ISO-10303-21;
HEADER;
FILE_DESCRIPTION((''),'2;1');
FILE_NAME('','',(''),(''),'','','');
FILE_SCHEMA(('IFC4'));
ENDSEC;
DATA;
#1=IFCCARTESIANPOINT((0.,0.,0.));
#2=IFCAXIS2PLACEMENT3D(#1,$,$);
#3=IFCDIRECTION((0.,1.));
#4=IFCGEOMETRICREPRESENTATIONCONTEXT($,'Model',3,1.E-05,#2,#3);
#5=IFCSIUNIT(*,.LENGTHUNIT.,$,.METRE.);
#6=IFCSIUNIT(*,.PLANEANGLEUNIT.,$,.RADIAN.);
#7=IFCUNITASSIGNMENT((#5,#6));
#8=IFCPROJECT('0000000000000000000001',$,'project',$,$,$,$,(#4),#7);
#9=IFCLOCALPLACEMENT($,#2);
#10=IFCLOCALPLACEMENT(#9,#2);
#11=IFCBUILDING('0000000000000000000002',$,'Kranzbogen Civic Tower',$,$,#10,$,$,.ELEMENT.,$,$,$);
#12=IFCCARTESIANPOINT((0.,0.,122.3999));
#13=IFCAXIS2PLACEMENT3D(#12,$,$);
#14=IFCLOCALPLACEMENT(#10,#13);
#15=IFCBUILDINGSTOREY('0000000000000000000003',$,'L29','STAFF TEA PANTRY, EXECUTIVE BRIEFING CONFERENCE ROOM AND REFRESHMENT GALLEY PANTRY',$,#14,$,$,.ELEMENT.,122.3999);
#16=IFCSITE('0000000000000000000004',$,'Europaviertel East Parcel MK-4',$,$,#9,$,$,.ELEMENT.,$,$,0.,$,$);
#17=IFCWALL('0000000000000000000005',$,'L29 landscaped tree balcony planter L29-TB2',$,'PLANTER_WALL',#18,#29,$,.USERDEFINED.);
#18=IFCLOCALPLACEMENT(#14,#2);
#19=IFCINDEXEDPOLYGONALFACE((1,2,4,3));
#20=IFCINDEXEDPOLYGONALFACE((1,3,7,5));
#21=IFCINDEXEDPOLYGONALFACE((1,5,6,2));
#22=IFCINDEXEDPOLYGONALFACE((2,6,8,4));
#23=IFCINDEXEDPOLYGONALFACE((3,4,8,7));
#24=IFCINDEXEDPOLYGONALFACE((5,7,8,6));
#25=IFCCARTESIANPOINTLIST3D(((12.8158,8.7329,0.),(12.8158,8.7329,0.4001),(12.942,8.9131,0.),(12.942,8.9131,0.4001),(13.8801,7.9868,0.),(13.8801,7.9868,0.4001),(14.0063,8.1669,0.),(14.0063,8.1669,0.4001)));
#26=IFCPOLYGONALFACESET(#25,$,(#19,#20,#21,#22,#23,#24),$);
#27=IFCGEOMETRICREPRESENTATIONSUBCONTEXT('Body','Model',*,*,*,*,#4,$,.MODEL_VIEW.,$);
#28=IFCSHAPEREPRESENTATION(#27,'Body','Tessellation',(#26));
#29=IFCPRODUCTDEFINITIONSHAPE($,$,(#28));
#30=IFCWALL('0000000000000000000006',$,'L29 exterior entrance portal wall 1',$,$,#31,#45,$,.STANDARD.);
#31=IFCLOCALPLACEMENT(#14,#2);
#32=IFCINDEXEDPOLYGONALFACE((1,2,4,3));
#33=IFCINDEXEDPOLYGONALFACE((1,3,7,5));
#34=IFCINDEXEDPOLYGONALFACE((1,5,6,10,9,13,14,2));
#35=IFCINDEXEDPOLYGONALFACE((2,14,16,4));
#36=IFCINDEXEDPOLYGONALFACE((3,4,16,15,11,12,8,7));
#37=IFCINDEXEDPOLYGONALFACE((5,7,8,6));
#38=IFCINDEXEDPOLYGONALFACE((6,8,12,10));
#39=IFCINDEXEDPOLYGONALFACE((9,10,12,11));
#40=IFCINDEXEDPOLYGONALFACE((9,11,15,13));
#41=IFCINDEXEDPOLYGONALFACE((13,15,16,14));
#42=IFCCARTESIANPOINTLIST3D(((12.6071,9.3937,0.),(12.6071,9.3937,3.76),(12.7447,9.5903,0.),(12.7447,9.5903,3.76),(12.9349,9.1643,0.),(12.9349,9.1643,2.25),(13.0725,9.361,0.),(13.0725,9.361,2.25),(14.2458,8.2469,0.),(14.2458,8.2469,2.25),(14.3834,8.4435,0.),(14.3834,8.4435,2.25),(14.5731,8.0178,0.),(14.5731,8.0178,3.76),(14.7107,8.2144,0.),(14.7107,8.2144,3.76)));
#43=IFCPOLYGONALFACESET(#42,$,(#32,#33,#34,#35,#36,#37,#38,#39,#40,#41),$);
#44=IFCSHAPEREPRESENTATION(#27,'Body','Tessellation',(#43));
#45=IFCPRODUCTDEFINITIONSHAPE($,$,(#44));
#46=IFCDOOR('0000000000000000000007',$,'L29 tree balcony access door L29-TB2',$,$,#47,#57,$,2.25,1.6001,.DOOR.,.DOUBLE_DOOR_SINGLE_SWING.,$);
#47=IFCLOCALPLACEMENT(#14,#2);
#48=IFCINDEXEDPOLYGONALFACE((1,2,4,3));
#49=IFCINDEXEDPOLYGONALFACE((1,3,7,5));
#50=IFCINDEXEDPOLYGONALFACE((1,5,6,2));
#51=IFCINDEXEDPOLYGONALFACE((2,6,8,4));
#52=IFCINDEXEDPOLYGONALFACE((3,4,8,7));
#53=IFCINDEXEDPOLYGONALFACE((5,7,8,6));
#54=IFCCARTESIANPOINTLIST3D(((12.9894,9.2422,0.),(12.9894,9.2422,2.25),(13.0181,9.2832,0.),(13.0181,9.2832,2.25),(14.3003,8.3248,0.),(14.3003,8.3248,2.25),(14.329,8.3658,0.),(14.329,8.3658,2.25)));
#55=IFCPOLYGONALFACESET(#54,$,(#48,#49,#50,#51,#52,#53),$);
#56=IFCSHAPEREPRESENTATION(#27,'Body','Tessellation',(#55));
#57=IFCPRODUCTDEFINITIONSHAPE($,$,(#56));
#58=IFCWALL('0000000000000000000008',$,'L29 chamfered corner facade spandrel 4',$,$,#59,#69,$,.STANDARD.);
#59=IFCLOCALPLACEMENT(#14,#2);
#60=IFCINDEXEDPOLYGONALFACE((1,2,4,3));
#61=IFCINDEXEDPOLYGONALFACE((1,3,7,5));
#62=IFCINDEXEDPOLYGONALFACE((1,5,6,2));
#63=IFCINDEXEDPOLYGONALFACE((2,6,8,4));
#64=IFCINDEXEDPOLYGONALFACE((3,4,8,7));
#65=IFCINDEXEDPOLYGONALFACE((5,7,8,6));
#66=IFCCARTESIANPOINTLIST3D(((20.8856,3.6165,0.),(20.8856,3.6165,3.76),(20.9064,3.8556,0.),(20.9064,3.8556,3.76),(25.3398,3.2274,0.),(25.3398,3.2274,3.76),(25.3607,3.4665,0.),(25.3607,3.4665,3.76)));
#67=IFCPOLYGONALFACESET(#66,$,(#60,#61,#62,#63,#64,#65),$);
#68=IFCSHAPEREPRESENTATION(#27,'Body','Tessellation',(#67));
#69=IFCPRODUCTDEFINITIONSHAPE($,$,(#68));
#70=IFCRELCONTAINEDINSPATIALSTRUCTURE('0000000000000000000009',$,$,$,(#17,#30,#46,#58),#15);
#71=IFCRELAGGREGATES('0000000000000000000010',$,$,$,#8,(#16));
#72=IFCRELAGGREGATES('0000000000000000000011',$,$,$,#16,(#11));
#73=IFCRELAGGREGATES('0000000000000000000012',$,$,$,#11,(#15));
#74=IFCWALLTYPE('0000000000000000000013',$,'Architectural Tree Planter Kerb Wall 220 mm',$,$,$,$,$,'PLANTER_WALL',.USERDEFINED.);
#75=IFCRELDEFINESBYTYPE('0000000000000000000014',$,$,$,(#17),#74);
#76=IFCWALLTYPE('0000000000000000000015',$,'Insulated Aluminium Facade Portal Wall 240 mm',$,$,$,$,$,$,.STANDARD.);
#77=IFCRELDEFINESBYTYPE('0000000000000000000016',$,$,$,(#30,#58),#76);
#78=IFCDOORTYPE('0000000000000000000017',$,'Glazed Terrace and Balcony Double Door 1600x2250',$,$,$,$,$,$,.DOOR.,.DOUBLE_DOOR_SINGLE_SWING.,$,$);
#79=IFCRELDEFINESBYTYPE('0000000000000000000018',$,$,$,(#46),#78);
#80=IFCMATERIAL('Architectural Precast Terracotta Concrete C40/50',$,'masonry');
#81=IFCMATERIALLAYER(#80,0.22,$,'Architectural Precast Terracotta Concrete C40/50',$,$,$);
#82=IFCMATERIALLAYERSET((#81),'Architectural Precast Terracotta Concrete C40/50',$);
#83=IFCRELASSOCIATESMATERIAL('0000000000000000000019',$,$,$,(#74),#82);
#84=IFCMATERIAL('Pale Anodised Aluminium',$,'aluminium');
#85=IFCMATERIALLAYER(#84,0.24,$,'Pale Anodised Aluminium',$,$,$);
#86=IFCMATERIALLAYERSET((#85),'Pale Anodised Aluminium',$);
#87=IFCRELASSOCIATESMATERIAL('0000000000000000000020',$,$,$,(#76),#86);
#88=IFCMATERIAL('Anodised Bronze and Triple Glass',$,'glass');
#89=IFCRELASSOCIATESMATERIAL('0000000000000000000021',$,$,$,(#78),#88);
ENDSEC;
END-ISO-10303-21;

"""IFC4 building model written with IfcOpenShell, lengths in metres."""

from ifc_helpers import new_model, si_unit, direction, frame, frame_2d, origin, place, context, subcontext, project, spatial, rectangle, extrude, material, layer, layer_set, type_object, element, fill, save


model = new_model("IFC4")

# Units and contexts
model_context = context("Model", 3, precision=1e-05, world=origin(), true_north=direction((0.0, 1.0)))
body_context = subcontext(model_context, "Body", "Model", "MODEL_VIEW")
ifc_project = project(units=[si_unit("LENGTHUNIT", "METRE"), si_unit("PLANEANGLEUNIT", "RADIAN")], contexts=[model_context])

# Site, building, storey
site_placement = place(None, origin())
site = spatial("IfcSite", under=ifc_project, at=site_placement, Name="Europaviertel East Parcel MK-4", CompositionType="ELEMENT", RefElevation=0.0)
building_placement = place(site_placement, origin())
building = spatial("IfcBuilding", under=site, at=building_placement, Name="Kranzbogen Civic Tower", CompositionType="ELEMENT")
storey_placement = place(building_placement, frame((0.0, 0.0, 122.3999)))
storey = spatial("IfcBuildingStorey", under=building, at=storey_placement, Name="L29", Description="STAFF TEA PANTRY, EXECUTIVE BRIEFING CONFERENCE ROOM AND REFRESHMENT GALLEY PANTRY", CompositionType="ELEMENT", Elevation=122.3999)

# Shared definitions
ifc_material_1 = material(Name="Pale Anodised Aluminium", Category="aluminium")

# Wall
ifc_material_2 = material(Name="Architectural Precast Terracotta Concrete C40/50", Category="masonry")
ifc_layer_1 = layer(ifc_material_2, 0.22, Name="Architectural Precast Terracotta Concrete C40/50")
ifc_layer_set_1 = layer_set([ifc_layer_1], Name="Architectural Precast Terracotta Concrete C40/50")
wall_type_1 = type_object("IfcWallType", Name="Architectural Tree Planter Kerb Wall 220 mm", ElementType="PLANTER_WALL", PredefinedType="USERDEFINED", material=ifc_layer_set_1)
wall_1_placement = place(storey_placement, frame((12.8789, 8.823, 0.0), z_axis=(0.0, 0.0, 1.0), x_axis=(0.818817, -0.574055, 0.0)))
element("IfcWall", 1, at=wall_1_placement, inside=storey, type_object=wall_type_1, Name="L29 landscaped tree balcony planter L29-TB2", ObjectType="PLANTER_WALL", PredefinedType="USERDEFINED", context=body_context, shape_type="SweptSolid", body=[
    extrude(rectangle(XDim=1.2998, YDim=0.22, at=frame_2d((0.6499, 0.0))), origin(), (0.0, 0.0, 1.0), 0.4001),
])

# Wall, opening, door
ifc_layer_2 = layer(ifc_material_1, 0.24, Name="Pale Anodised Aluminium")
ifc_layer_set_2 = layer_set([ifc_layer_2], Name="Pale Anodised Aluminium")
wall_type_2 = type_object("IfcWallType", Name="Insulated Aluminium Facade Portal Wall 240 mm", PredefinedType="STANDARD", material=ifc_layer_set_2)
wall_2_placement = place(storey_placement, frame((12.676, 9.4919, 0.0), z_axis=(0.0, 0.0, 1.0), x_axis=(0.819284, -0.573387, 0.0)))
wall_2 = element("IfcWall", 2, at=wall_2_placement, inside=storey, type_object=wall_type_2, Name="L29 exterior entrance portal wall 1", PredefinedType="STANDARD", context=body_context, shape_type="SweptSolid", body=[
    extrude(rectangle(XDim=2.3997, YDim=0.24, at=frame_2d((1.1997, 0.0))), origin(), (0.0, 0.0, 1.0), 3.76),
])
opening_placement = place(wall_2_placement, frame((0.3999, 0.0, 0.0)))
opening = element("IfcOpeningElement", 3, at=opening_placement, cuts=wall_2, PredefinedType="OPENING", context=body_context, shape_type="SweptSolid", body=[
    extrude(rectangle(XDim=1.6001, YDim=2.25, at=frame_2d((0.8, 1.125))), frame((0.0, 0.1299, 0.0), z_axis=(0.0, -1.0, 0.0), x_axis=(1.0, 0.0, 0.0)), (0.0, 0.0, 1.0), 0.26),
])
ifc_material_3 = material(Name="Anodised Bronze and Triple Glass", Category="glass")
door_type = type_object("IfcDoorType", Name="Glazed Terrace and Balcony Double Door 1600x2250", OperationType="DOUBLE_DOOR_SINGLE_SWING", PredefinedType="DOOR", material=ifc_material_3)
door_placement = place(opening_placement, frame((1.6001, 0.0, 0.0), z_axis=(0.0, 0.0, 1.0), x_axis=(-1.0, 0.0, 0.0)))
door = element("IfcDoor", 4, at=door_placement, inside=storey, type_object=door_type, Name="L29 tree balcony access door L29-TB2", OperationType="DOUBLE_DOOR_SINGLE_SWING", OverallHeight=2.25, OverallWidth=1.6001, PredefinedType="DOOR", context=body_context, shape_type="SweptSolid", body=[
    extrude(rectangle(XDim=1.6001, YDim=2.25, at=frame_2d((0.8, 1.125))), frame((0.0, 0.0249, 0.0), z_axis=(0.0, -1.0, 0.0), x_axis=(1.0, 0.0, 0.0)), (0.0, 0.0, 1.0), 0.05),
])
fill(opening, door)

# Wall
wall_3_placement = place(storey_placement, frame((20.896, 3.7361, 0.0), z_axis=(0.0, 0.0, 1.0), x_axis=(0.996205, -0.08704, 0.0)))
element("IfcWall", 5, at=wall_3_placement, inside=storey, type_object=wall_type_2, Name="L29 chamfered corner facade spandrel 4", PredefinedType="STANDARD", context=body_context, shape_type="SweptSolid", body=[
    extrude(rectangle(XDim=4.4712, YDim=0.24, at=frame_2d((2.2356, 0.0))), origin(), (0.0, 0.0, 1.0), 3.76),
])

save(model, "model.ifc")
